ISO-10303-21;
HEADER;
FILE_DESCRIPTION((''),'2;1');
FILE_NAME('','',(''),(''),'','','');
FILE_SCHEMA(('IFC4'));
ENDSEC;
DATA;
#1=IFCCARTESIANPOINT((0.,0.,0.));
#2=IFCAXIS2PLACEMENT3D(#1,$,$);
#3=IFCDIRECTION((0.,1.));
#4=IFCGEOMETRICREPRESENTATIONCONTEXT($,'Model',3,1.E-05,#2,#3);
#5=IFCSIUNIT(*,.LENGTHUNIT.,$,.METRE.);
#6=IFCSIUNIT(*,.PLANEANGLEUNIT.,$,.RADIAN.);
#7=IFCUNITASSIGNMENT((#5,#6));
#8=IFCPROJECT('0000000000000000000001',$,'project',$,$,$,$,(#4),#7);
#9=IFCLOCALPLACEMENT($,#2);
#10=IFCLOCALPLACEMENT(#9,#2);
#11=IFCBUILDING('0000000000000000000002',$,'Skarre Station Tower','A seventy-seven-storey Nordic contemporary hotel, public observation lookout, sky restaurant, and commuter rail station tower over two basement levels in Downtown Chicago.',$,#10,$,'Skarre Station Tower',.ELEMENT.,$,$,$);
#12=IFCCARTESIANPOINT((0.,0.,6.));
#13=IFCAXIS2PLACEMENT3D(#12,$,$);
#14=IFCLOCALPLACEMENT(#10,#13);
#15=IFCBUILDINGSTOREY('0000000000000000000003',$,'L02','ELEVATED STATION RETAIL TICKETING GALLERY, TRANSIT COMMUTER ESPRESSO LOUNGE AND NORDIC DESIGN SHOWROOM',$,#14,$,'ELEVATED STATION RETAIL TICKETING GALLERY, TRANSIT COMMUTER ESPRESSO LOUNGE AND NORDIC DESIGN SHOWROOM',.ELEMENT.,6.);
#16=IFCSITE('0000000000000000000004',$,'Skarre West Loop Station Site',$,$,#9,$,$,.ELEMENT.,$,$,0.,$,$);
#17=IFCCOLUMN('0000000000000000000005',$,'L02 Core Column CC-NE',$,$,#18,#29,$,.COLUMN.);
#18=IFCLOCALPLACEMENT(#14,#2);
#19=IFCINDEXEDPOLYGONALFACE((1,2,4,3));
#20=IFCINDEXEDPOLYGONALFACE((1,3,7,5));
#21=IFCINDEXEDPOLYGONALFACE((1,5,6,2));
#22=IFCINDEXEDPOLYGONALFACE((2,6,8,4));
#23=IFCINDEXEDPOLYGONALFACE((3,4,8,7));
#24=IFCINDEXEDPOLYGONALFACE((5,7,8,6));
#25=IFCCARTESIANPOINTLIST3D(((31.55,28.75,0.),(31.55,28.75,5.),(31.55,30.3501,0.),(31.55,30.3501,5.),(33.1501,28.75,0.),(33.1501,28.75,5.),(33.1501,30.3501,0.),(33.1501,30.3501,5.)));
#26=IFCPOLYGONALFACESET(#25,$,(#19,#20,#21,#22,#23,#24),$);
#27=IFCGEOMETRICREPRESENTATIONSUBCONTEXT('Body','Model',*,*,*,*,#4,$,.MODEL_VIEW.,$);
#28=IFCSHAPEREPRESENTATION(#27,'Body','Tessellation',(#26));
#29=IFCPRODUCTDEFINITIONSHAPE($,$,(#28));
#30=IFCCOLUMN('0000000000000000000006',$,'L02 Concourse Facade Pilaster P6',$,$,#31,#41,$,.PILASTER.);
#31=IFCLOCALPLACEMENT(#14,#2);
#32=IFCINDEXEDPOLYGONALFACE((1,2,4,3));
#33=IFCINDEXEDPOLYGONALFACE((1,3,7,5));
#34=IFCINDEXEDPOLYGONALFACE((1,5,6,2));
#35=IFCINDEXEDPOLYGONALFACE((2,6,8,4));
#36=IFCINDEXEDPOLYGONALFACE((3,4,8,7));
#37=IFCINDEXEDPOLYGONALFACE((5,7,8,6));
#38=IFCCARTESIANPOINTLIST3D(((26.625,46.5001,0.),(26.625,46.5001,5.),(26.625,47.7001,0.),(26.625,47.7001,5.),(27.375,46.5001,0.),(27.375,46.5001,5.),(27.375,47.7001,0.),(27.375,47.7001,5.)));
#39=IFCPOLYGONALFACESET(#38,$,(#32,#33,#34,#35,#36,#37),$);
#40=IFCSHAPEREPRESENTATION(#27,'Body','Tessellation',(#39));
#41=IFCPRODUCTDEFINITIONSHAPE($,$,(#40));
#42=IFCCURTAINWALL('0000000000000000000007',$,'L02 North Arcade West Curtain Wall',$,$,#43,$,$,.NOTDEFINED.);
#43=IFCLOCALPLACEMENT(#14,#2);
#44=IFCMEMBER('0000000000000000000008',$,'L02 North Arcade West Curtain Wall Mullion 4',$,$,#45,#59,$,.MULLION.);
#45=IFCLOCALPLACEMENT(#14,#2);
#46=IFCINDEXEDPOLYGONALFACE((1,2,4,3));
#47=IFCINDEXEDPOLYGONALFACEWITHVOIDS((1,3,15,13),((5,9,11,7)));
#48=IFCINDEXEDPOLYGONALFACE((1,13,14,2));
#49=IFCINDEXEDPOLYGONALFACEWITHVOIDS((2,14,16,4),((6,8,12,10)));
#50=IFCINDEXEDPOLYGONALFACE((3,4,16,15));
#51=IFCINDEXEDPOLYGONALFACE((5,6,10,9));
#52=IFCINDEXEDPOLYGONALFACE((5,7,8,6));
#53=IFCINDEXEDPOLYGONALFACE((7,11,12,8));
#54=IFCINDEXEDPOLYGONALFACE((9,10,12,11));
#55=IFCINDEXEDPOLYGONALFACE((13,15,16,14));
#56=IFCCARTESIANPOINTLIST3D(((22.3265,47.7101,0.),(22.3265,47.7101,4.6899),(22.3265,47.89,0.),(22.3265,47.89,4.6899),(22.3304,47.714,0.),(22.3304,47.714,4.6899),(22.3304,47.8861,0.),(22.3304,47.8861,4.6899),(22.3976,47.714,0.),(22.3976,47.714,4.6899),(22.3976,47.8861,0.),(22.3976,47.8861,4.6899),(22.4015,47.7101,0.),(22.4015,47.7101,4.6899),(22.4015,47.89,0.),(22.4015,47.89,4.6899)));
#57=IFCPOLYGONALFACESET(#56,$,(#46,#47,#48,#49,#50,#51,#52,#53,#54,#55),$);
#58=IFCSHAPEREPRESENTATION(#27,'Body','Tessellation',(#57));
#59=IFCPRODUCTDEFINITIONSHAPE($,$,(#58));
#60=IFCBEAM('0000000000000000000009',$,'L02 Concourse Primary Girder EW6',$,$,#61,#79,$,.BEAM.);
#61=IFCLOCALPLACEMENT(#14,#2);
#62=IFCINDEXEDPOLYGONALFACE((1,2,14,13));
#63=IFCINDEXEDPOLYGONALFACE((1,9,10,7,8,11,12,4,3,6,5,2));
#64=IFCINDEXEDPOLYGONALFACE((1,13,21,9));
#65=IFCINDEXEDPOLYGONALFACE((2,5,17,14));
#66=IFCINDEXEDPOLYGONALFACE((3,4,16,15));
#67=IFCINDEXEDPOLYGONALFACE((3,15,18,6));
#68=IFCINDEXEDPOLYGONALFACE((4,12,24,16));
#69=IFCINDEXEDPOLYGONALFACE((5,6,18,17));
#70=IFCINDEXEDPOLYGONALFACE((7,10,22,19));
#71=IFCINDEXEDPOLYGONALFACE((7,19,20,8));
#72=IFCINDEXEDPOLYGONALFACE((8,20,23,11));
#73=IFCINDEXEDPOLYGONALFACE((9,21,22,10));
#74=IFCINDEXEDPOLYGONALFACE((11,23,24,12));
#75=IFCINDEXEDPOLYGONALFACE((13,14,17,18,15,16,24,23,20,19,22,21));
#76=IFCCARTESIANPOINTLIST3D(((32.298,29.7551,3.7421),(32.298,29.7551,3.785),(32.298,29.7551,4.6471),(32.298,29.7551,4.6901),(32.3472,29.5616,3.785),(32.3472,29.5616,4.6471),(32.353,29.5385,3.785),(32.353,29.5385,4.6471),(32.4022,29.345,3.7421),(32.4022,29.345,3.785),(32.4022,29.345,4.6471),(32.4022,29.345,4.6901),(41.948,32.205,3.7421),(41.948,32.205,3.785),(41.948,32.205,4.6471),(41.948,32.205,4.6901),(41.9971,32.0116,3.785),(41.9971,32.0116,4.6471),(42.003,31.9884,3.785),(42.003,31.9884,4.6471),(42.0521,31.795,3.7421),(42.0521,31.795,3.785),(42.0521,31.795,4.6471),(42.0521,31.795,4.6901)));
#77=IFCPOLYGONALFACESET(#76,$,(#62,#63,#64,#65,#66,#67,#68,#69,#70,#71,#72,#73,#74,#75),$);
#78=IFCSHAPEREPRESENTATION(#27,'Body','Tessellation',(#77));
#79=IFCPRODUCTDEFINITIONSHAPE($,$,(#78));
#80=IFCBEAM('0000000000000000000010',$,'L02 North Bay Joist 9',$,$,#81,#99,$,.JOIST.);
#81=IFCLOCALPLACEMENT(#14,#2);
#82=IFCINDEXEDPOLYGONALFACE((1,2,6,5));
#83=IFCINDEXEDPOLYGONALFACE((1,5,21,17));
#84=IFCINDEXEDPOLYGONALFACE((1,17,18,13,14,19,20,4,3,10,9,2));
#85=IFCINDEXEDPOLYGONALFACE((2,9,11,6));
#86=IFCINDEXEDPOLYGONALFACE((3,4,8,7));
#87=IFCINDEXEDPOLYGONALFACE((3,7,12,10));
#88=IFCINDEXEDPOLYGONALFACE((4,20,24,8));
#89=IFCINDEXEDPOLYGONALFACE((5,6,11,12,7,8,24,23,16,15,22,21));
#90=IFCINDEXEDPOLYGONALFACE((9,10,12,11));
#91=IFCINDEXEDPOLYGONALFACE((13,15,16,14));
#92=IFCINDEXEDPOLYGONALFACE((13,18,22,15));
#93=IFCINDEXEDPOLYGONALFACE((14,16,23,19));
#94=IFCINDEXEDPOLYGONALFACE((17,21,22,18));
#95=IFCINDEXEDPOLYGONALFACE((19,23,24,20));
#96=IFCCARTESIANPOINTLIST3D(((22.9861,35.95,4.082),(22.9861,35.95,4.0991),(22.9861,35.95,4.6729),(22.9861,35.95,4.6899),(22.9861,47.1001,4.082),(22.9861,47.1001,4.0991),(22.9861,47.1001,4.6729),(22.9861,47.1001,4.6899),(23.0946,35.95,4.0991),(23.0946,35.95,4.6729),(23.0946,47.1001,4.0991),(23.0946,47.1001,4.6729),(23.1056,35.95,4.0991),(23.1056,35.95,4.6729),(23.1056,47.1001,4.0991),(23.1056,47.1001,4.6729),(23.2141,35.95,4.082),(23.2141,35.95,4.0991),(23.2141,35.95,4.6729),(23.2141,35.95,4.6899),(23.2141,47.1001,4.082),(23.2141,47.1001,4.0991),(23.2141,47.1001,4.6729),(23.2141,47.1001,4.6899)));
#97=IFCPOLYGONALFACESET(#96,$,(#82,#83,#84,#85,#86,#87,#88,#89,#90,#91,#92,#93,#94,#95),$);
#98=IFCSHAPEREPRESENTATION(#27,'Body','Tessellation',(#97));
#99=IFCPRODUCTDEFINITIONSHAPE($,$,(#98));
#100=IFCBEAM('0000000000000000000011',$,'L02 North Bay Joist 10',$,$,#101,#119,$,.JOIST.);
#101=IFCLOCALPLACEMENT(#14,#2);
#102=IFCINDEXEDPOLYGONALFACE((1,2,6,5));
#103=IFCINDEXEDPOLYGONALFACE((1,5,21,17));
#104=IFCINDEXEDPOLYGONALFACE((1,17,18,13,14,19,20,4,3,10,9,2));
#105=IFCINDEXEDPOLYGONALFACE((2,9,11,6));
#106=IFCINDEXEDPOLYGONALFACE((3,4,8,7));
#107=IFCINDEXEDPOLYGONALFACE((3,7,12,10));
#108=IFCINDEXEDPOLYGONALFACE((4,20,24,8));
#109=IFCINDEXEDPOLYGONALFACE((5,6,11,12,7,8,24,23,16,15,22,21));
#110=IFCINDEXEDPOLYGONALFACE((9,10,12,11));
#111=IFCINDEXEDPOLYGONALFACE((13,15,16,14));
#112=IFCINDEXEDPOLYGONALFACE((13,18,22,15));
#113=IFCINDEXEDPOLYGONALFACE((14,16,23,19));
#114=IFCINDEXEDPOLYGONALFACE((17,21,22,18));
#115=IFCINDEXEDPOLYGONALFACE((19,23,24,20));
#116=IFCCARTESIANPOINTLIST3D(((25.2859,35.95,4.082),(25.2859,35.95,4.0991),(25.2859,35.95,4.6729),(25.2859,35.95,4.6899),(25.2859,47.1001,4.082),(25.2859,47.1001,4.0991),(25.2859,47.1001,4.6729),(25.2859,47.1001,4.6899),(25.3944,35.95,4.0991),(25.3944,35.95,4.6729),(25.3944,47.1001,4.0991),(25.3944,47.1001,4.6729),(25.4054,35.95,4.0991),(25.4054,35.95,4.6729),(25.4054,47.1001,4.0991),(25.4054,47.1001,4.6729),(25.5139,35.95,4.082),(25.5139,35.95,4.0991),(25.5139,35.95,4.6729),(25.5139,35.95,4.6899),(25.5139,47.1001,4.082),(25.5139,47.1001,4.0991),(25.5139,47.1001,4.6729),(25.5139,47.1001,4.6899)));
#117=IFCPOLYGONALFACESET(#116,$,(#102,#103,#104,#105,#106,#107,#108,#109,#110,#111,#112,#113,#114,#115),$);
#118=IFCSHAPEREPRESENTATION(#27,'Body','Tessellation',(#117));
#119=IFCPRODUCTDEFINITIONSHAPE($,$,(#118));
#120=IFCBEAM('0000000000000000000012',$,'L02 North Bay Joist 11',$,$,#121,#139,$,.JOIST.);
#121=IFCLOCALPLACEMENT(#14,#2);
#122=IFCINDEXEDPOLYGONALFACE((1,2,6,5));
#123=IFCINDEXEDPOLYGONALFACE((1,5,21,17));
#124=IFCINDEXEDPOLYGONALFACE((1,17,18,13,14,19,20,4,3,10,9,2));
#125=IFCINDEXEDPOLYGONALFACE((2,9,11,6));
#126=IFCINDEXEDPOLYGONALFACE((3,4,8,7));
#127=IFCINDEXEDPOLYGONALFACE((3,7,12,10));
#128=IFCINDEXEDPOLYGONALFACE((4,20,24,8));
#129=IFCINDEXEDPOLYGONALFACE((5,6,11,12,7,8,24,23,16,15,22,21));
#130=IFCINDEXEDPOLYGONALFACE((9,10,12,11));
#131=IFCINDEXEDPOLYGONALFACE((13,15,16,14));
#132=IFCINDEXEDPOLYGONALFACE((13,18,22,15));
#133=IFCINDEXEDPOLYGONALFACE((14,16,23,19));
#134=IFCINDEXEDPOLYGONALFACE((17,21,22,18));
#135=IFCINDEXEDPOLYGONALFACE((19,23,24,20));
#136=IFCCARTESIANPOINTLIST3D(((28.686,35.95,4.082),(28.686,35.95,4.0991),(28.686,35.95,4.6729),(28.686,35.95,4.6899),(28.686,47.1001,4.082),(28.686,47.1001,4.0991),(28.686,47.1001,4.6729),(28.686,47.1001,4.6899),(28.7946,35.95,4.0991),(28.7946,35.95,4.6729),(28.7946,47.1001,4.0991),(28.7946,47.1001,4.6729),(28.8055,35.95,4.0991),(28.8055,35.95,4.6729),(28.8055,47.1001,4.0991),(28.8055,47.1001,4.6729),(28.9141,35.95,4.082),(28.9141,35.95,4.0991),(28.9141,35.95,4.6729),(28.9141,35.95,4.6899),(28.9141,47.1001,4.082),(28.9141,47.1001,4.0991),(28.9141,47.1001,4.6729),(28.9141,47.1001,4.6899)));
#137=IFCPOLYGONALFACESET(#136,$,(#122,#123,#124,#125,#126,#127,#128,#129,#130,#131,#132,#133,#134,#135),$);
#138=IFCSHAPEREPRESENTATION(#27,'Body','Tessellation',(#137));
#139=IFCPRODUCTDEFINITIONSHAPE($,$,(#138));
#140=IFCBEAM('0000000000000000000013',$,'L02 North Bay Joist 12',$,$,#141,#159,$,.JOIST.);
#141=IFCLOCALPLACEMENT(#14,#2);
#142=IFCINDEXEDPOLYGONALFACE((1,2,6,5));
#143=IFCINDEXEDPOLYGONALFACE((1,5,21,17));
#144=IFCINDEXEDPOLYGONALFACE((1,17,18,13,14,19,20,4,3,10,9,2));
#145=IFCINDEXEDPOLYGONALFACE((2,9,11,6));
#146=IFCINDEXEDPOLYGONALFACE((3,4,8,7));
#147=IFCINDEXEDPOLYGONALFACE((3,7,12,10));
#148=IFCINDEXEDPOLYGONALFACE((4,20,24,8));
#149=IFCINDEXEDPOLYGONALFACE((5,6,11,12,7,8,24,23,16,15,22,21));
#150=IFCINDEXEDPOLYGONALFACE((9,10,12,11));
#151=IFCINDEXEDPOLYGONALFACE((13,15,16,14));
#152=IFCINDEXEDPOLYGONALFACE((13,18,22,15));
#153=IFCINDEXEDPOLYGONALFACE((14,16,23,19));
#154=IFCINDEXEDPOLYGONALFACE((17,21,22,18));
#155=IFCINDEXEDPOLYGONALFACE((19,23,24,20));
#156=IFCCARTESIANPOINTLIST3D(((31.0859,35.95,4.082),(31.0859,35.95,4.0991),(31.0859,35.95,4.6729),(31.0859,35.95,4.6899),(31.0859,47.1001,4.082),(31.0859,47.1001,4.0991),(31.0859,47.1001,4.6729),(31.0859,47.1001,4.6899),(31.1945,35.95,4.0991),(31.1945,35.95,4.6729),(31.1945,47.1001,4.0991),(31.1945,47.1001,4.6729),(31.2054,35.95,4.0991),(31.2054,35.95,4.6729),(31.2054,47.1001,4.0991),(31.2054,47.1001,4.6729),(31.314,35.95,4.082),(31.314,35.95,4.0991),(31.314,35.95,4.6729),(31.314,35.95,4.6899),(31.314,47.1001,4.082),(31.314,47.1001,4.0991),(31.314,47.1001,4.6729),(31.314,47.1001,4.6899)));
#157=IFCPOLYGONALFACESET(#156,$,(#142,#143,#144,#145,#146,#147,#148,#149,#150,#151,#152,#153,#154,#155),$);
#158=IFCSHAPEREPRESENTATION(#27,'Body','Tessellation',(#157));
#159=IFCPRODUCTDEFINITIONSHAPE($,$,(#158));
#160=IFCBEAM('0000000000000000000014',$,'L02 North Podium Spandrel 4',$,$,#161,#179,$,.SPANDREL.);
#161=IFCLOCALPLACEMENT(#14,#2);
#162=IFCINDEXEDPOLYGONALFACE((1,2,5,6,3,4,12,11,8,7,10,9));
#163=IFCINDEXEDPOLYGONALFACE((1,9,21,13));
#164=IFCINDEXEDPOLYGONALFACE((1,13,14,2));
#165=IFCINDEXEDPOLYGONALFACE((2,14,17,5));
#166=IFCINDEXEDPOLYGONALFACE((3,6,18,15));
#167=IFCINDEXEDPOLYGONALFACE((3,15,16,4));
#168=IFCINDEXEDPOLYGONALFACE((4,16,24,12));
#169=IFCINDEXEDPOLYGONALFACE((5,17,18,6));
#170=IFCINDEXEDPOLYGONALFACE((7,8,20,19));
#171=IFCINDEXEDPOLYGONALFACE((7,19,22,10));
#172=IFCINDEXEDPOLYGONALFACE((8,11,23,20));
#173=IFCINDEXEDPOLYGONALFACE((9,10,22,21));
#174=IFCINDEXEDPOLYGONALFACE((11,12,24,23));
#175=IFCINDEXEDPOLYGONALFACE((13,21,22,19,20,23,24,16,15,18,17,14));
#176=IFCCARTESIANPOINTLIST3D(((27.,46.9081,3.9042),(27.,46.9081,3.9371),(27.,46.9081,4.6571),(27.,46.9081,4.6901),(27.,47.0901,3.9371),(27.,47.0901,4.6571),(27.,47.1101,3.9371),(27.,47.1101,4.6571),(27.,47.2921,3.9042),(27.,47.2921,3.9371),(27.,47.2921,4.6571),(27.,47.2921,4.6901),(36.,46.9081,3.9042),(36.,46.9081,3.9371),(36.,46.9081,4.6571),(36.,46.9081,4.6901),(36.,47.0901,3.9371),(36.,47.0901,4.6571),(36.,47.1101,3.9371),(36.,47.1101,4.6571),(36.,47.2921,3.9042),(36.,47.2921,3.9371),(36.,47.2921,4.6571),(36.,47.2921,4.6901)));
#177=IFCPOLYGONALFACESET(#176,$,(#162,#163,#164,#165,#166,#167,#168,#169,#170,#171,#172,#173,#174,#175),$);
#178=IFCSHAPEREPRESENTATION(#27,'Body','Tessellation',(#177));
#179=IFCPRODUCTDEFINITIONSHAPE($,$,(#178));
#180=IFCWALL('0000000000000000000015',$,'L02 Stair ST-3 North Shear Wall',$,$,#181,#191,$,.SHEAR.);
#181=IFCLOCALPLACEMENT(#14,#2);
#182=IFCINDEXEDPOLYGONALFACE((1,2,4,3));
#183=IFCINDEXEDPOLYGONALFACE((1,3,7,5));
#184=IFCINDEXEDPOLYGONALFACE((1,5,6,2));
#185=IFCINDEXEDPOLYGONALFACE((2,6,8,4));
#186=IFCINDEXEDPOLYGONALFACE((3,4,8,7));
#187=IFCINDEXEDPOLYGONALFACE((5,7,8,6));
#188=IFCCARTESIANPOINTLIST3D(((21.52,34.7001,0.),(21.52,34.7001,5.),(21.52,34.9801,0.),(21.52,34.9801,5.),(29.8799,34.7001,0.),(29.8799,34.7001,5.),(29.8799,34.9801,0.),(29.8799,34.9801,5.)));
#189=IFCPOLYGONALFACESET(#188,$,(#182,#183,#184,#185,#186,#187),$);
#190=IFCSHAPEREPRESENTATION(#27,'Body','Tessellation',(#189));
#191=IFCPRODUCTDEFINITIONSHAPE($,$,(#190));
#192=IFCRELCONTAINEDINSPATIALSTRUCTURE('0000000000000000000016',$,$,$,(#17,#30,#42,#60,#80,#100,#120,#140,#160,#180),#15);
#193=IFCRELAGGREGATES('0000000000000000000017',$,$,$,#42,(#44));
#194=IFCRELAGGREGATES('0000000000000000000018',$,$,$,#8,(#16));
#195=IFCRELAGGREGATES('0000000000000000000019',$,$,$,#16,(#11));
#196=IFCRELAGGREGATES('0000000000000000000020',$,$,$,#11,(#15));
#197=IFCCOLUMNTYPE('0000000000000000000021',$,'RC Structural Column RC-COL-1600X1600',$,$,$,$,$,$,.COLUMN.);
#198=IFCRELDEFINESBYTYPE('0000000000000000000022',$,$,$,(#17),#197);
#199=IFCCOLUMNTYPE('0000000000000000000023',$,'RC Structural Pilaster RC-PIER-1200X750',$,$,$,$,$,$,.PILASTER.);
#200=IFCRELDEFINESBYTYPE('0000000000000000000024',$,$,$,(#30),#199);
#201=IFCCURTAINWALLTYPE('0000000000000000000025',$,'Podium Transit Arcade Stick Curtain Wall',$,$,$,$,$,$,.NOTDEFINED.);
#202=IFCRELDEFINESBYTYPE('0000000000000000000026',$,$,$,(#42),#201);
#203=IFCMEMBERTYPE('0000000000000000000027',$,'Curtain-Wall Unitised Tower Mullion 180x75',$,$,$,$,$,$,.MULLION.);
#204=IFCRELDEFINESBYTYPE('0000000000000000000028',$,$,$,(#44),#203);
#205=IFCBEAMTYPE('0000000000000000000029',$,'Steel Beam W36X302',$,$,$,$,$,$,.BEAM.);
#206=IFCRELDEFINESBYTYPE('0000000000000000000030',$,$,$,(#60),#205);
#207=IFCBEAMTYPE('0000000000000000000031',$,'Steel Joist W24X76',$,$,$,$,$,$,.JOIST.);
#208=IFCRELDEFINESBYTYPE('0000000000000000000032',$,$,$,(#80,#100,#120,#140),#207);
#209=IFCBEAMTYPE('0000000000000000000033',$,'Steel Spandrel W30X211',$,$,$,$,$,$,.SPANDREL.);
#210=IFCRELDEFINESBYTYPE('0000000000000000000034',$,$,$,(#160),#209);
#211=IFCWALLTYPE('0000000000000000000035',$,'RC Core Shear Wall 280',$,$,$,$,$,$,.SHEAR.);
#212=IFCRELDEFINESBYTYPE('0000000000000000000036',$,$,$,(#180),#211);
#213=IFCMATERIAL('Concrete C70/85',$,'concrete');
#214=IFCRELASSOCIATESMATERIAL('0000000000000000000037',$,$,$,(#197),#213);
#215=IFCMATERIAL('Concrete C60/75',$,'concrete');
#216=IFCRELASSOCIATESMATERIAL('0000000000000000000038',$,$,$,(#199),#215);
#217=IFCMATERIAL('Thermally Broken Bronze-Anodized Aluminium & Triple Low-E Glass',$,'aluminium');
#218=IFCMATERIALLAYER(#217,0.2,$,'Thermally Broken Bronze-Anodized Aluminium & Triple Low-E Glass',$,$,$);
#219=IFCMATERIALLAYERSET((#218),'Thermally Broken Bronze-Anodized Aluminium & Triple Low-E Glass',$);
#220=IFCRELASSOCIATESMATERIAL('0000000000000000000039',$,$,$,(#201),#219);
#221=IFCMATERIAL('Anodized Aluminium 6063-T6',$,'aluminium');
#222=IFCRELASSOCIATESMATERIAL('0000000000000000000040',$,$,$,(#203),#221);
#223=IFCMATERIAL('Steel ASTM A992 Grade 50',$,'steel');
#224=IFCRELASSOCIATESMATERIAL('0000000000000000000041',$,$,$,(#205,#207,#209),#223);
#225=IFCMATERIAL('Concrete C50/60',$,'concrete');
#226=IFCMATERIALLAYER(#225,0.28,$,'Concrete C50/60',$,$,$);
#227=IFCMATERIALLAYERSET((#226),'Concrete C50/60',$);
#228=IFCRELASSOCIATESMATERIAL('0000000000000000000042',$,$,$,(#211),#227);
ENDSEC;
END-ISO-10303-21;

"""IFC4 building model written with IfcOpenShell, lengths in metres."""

from ifc_helpers import new_model, si_unit, direction, frame, frame_2d, origin, origin_2d, place, context, subcontext, project, spatial, rectangle, hollow_rectangle, i_section, extrude, material, layer, layer_set, material_profile, profile_set, type_object, element, aggregate, save


model = new_model("IFC4")

# Units and contexts
model_context = context("Model", 3, precision=1e-05, world=origin(), true_north=direction((0.0, 1.0)))
body_context = subcontext(model_context, "Body", "Model", "MODEL_VIEW")
ifc_project = project(units=[si_unit("LENGTHUNIT", "METRE"), si_unit("PLANEANGLEUNIT", "RADIAN")], contexts=[model_context])

# Site, building, storey
site_placement = place(None, origin())
site = spatial("IfcSite", under=ifc_project, at=site_placement, Name="Skarre West Loop Station Site", CompositionType="ELEMENT", RefElevation=0.0)
building_placement = place(site_placement, origin())
building = spatial("IfcBuilding", under=site, at=building_placement, Name="Skarre Station Tower", Description="A seventy-seven-storey Nordic contemporary hotel, public observation lookout, sky restaurant, and commuter rail station tower over two basement levels in Downtown Chicago.", LongName="Skarre Station Tower", CompositionType="ELEMENT")
storey_placement = place(building_placement, frame((0.0, 0.0, 6.0)))
storey = spatial("IfcBuildingStorey", under=building, at=storey_placement, Name="L02", Description="ELEVATED STATION RETAIL TICKETING GALLERY, TRANSIT COMMUTER ESPRESSO LOUNGE AND NORDIC DESIGN SHOWROOM", LongName="ELEVATED STATION RETAIL TICKETING GALLERY, TRANSIT COMMUTER ESPRESSO LOUNGE AND NORDIC DESIGN SHOWROOM", CompositionType="ELEMENT", Elevation=6.0)

# Columns
ifc_material_1 = material(Name="Concrete C70/85", Category="concrete")
ifc_material_profile_1 = material_profile(ifc_material_1, rectangle(XDim=1.6001, YDim=1.6001, at=origin_2d()), Name="Concrete C70/85")
ifc_profile_set_1 = profile_set([ifc_material_profile_1], Name="Concrete C70/85")
column_type_1 = type_object("IfcColumnType", Name="RC Structural Column RC-COL-1600X1600", PredefinedType="COLUMN", material=ifc_profile_set_1)
column_1_placement = place(storey_placement, frame((32.3501, 29.55, 0.0), z_axis=(0.0, 0.0, 1.0), x_axis=(1.0, 0.0, 0.0)))
element("IfcColumn", 1, at=column_1_placement, inside=storey, type_object=column_type_1, Name="L02 Core Column CC-NE", PredefinedType="COLUMN", context=body_context, shape_type="SweptSolid", body=[
    extrude(rectangle(XDim=1.6001, YDim=1.6001, at=origin_2d()), origin(), (0.0, 0.0, 1.0), 5.0),
])
ifc_material_2 = material(Name="Concrete C60/75", Category="concrete")
ifc_material_profile_2 = material_profile(ifc_material_2, rectangle(XDim=0.75, YDim=1.2, at=origin_2d()), Name="Concrete C60/75")
ifc_profile_set_2 = profile_set([ifc_material_profile_2], Name="Concrete C60/75")
column_type_2 = type_object("IfcColumnType", Name="RC Structural Pilaster RC-PIER-1200X750", PredefinedType="PILASTER", material=ifc_profile_set_2)
column_2_placement = place(storey_placement, frame((27.0, 47.1001, 0.0), z_axis=(0.0, 0.0, 1.0), x_axis=(1.0, 0.0, 0.0)))
element("IfcColumn", 2, at=column_2_placement, inside=storey, type_object=column_type_2, Name="L02 Concourse Facade Pilaster P6", PredefinedType="PILASTER", context=body_context, shape_type="SweptSolid", body=[
    extrude(rectangle(XDim=0.75, YDim=1.2, at=origin_2d()), origin(), (0.0, 0.0, 1.0), 5.0),
])

# Curtain wall, member
ifc_material_3 = material(Name="Thermally Broken Bronze-Anodized Aluminium & Triple Low-E Glass", Category="aluminium")
ifc_layer_1 = layer(ifc_material_3, 0.2, Name="Thermally Broken Bronze-Anodized Aluminium & Triple Low-E Glass")
ifc_layer_set_1 = layer_set([ifc_layer_1], Name="Thermally Broken Bronze-Anodized Aluminium & Triple Low-E Glass")
curtain_wall_type = type_object("IfcCurtainWallType", Name="Podium Transit Arcade Stick Curtain Wall", PredefinedType="NOTDEFINED", material=ifc_layer_set_1)
curtain_wall_placement = place(storey_placement, origin())
curtain_wall = element("IfcCurtainWall", 3, at=curtain_wall_placement, inside=storey, type_object=curtain_wall_type, Name="L02 North Arcade West Curtain Wall", PredefinedType="NOTDEFINED")
ifc_material_4 = material(Name="Anodized Aluminium 6063-T6", Category="aluminium")
ifc_material_profile_3 = material_profile(ifc_material_4, hollow_rectangle(XDim=0.075, YDim=0.1799, WallThickness=0.0039, at=origin_2d()), Name="Anodized Aluminium 6063-T6")
ifc_profile_set_3 = profile_set([ifc_material_profile_3], Name="Anodized Aluminium 6063-T6")
member_type = type_object("IfcMemberType", Name="Curtain-Wall Unitised Tower Mullion 180x75", PredefinedType="MULLION", material=ifc_profile_set_3)
member_placement = place(storey_placement, frame((22.364, 47.8, 0.0), z_axis=(0.0, 0.0, 1.0), x_axis=(1.0, 0.0, 0.0)))
member = element("IfcMember", 4, at=member_placement, type_object=member_type, Name="L02 North Arcade West Curtain Wall Mullion 4", PredefinedType="MULLION", context=body_context, shape_type="SweptSolid", body=[
    extrude(hollow_rectangle(XDim=0.075, YDim=0.1799, WallThickness=0.0039, at=origin_2d()), origin(), (0.0, 0.0, 1.0), 4.6899),
])
aggregate(curtain_wall, [member])

# Beams
ifc_material_5 = material(Name="Steel ASTM A992 Grade 50", Category="steel")
ifc_material_profile_4 = material_profile(ifc_material_5, i_section(OverallWidth=0.4231, OverallDepth=0.948, WebThickness=0.0239, FlangeThickness=0.043, at=origin_2d()), Name="Steel ASTM A992 Grade 50")
ifc_profile_set_4 = profile_set([ifc_material_profile_4], Name="Steel ASTM A992 Grade 50")
beam_type_1 = type_object("IfcBeamType", Name="Steel Beam W36X302", PredefinedType="BEAM", material=ifc_profile_set_4)
beam_1_placement = place(storey_placement, frame((32.3501, 29.55, 4.2161), z_axis=(0.96925, 0.246077, 0.0), x_axis=(-0.246077, 0.96925, 0.0)))
element("IfcBeam", 5, at=beam_1_placement, inside=storey, type_object=beam_type_1, Name="L02 Concourse Primary Girder EW6", PredefinedType="BEAM", context=body_context, shape_type="SweptSolid", body=[
    extrude(i_section(OverallWidth=0.4231, OverallDepth=0.948, WebThickness=0.0239, FlangeThickness=0.043, at=origin_2d()), origin(), (0.0, 0.0, 1.0), 9.9561),
])
ifc_material_profile_5 = material_profile(ifc_material_5, i_section(OverallWidth=0.228, OverallDepth=0.6079, WebThickness=0.011, FlangeThickness=0.0171, at=origin_2d()), Name="Steel ASTM A992 Grade 50")
ifc_profile_set_5 = profile_set([ifc_material_profile_5], Name="Steel ASTM A992 Grade 50")
beam_type_2 = type_object("IfcBeamType", Name="Steel Joist W24X76", PredefinedType="JOIST", material=ifc_profile_set_5)
for number, where, z_axis, x_axis, name in (
    (6, (23.1001, 35.95, 4.386), (0.0, 1.0, 0.0), (-1.0, 0.0, 0.0), "L02 North Bay Joist 9"),
    (7, (25.3999, 35.95, 4.386), (0.0, 1.0, 0.0), (-1.0, 0.0, 0.0), "L02 North Bay Joist 10"),
    (8, (28.8, 35.95, 4.386), (0.0, 1.0, 0.0), (-1.0, 0.0, 0.0), "L02 North Bay Joist 11"),
    (9, (31.2, 35.95, 4.386), (0.0, 1.0, 0.0), (-1.0, 0.0, 0.0), "L02 North Bay Joist 12"),
):
    element("IfcBeam", number, at=place(storey_placement, frame(where, z_axis=z_axis, x_axis=x_axis)), inside=storey, type_object=beam_type_2, Name=name, PredefinedType="JOIST", context=body_context, shape_type="SweptSolid", body=[
        extrude(i_section(OverallWidth=0.228, OverallDepth=0.6079, WebThickness=0.011, FlangeThickness=0.0171, at=origin_2d()), origin(), (0.0, 0.0, 1.0), 11.1501),
    ])
ifc_material_profile_6 = material_profile(ifc_material_5, i_section(OverallWidth=0.384, OverallDepth=0.7859, WebThickness=0.02, FlangeThickness=0.033, at=origin_2d()), Name="Steel ASTM A992 Grade 50")
ifc_profile_set_6 = profile_set([ifc_material_profile_6], Name="Steel ASTM A992 Grade 50")
beam_type_3 = type_object("IfcBeamType", Name="Steel Spandrel W30X211", PredefinedType="SPANDREL", material=ifc_profile_set_6)
beam_2_placement = place(storey_placement, frame((27.0, 47.1001, 4.2971), z_axis=(1.0, 0.0, 0.0), x_axis=(0.0, 1.0, 0.0)))
element("IfcBeam", 10, at=beam_2_placement, inside=storey, type_object=beam_type_3, Name="L02 North Podium Spandrel 4", PredefinedType="SPANDREL", context=body_context, shape_type="SweptSolid", body=[
    extrude(i_section(OverallWidth=0.384, OverallDepth=0.7859, WebThickness=0.02, FlangeThickness=0.033, at=origin_2d()), origin(), (0.0, 0.0, 1.0), 9.0),
])

# Wall
ifc_material_6 = material(Name="Concrete C50/60", Category="concrete")
ifc_layer_2 = layer(ifc_material_6, 0.28, Name="Concrete C50/60")
ifc_layer_set_2 = layer_set([ifc_layer_2], Name="Concrete C50/60")
wall_type_1 = type_object("IfcWallType", Name="RC Core Shear Wall 280", PredefinedType="SHEAR", material=ifc_layer_set_2)
wall_1_placement = place(storey_placement, frame((29.8799, 34.8401, 0.0), z_axis=(0.0, 0.0, 1.0), x_axis=(-1.0, 0.0, 0.0)))
element("IfcWall", 11, at=wall_1_placement, inside=storey, type_object=wall_type_1, Name="L02 Stair ST-3 North Shear Wall", PredefinedType="SHEAR", context=body_context, shape_type="SweptSolid", body=[
    extrude(rectangle(XDim=8.3599, YDim=0.28, at=frame_2d((4.1799, 0.0))), origin(), (0.0, 0.0, 1.0), 5.0),
])

save(model, "model.ifc")
